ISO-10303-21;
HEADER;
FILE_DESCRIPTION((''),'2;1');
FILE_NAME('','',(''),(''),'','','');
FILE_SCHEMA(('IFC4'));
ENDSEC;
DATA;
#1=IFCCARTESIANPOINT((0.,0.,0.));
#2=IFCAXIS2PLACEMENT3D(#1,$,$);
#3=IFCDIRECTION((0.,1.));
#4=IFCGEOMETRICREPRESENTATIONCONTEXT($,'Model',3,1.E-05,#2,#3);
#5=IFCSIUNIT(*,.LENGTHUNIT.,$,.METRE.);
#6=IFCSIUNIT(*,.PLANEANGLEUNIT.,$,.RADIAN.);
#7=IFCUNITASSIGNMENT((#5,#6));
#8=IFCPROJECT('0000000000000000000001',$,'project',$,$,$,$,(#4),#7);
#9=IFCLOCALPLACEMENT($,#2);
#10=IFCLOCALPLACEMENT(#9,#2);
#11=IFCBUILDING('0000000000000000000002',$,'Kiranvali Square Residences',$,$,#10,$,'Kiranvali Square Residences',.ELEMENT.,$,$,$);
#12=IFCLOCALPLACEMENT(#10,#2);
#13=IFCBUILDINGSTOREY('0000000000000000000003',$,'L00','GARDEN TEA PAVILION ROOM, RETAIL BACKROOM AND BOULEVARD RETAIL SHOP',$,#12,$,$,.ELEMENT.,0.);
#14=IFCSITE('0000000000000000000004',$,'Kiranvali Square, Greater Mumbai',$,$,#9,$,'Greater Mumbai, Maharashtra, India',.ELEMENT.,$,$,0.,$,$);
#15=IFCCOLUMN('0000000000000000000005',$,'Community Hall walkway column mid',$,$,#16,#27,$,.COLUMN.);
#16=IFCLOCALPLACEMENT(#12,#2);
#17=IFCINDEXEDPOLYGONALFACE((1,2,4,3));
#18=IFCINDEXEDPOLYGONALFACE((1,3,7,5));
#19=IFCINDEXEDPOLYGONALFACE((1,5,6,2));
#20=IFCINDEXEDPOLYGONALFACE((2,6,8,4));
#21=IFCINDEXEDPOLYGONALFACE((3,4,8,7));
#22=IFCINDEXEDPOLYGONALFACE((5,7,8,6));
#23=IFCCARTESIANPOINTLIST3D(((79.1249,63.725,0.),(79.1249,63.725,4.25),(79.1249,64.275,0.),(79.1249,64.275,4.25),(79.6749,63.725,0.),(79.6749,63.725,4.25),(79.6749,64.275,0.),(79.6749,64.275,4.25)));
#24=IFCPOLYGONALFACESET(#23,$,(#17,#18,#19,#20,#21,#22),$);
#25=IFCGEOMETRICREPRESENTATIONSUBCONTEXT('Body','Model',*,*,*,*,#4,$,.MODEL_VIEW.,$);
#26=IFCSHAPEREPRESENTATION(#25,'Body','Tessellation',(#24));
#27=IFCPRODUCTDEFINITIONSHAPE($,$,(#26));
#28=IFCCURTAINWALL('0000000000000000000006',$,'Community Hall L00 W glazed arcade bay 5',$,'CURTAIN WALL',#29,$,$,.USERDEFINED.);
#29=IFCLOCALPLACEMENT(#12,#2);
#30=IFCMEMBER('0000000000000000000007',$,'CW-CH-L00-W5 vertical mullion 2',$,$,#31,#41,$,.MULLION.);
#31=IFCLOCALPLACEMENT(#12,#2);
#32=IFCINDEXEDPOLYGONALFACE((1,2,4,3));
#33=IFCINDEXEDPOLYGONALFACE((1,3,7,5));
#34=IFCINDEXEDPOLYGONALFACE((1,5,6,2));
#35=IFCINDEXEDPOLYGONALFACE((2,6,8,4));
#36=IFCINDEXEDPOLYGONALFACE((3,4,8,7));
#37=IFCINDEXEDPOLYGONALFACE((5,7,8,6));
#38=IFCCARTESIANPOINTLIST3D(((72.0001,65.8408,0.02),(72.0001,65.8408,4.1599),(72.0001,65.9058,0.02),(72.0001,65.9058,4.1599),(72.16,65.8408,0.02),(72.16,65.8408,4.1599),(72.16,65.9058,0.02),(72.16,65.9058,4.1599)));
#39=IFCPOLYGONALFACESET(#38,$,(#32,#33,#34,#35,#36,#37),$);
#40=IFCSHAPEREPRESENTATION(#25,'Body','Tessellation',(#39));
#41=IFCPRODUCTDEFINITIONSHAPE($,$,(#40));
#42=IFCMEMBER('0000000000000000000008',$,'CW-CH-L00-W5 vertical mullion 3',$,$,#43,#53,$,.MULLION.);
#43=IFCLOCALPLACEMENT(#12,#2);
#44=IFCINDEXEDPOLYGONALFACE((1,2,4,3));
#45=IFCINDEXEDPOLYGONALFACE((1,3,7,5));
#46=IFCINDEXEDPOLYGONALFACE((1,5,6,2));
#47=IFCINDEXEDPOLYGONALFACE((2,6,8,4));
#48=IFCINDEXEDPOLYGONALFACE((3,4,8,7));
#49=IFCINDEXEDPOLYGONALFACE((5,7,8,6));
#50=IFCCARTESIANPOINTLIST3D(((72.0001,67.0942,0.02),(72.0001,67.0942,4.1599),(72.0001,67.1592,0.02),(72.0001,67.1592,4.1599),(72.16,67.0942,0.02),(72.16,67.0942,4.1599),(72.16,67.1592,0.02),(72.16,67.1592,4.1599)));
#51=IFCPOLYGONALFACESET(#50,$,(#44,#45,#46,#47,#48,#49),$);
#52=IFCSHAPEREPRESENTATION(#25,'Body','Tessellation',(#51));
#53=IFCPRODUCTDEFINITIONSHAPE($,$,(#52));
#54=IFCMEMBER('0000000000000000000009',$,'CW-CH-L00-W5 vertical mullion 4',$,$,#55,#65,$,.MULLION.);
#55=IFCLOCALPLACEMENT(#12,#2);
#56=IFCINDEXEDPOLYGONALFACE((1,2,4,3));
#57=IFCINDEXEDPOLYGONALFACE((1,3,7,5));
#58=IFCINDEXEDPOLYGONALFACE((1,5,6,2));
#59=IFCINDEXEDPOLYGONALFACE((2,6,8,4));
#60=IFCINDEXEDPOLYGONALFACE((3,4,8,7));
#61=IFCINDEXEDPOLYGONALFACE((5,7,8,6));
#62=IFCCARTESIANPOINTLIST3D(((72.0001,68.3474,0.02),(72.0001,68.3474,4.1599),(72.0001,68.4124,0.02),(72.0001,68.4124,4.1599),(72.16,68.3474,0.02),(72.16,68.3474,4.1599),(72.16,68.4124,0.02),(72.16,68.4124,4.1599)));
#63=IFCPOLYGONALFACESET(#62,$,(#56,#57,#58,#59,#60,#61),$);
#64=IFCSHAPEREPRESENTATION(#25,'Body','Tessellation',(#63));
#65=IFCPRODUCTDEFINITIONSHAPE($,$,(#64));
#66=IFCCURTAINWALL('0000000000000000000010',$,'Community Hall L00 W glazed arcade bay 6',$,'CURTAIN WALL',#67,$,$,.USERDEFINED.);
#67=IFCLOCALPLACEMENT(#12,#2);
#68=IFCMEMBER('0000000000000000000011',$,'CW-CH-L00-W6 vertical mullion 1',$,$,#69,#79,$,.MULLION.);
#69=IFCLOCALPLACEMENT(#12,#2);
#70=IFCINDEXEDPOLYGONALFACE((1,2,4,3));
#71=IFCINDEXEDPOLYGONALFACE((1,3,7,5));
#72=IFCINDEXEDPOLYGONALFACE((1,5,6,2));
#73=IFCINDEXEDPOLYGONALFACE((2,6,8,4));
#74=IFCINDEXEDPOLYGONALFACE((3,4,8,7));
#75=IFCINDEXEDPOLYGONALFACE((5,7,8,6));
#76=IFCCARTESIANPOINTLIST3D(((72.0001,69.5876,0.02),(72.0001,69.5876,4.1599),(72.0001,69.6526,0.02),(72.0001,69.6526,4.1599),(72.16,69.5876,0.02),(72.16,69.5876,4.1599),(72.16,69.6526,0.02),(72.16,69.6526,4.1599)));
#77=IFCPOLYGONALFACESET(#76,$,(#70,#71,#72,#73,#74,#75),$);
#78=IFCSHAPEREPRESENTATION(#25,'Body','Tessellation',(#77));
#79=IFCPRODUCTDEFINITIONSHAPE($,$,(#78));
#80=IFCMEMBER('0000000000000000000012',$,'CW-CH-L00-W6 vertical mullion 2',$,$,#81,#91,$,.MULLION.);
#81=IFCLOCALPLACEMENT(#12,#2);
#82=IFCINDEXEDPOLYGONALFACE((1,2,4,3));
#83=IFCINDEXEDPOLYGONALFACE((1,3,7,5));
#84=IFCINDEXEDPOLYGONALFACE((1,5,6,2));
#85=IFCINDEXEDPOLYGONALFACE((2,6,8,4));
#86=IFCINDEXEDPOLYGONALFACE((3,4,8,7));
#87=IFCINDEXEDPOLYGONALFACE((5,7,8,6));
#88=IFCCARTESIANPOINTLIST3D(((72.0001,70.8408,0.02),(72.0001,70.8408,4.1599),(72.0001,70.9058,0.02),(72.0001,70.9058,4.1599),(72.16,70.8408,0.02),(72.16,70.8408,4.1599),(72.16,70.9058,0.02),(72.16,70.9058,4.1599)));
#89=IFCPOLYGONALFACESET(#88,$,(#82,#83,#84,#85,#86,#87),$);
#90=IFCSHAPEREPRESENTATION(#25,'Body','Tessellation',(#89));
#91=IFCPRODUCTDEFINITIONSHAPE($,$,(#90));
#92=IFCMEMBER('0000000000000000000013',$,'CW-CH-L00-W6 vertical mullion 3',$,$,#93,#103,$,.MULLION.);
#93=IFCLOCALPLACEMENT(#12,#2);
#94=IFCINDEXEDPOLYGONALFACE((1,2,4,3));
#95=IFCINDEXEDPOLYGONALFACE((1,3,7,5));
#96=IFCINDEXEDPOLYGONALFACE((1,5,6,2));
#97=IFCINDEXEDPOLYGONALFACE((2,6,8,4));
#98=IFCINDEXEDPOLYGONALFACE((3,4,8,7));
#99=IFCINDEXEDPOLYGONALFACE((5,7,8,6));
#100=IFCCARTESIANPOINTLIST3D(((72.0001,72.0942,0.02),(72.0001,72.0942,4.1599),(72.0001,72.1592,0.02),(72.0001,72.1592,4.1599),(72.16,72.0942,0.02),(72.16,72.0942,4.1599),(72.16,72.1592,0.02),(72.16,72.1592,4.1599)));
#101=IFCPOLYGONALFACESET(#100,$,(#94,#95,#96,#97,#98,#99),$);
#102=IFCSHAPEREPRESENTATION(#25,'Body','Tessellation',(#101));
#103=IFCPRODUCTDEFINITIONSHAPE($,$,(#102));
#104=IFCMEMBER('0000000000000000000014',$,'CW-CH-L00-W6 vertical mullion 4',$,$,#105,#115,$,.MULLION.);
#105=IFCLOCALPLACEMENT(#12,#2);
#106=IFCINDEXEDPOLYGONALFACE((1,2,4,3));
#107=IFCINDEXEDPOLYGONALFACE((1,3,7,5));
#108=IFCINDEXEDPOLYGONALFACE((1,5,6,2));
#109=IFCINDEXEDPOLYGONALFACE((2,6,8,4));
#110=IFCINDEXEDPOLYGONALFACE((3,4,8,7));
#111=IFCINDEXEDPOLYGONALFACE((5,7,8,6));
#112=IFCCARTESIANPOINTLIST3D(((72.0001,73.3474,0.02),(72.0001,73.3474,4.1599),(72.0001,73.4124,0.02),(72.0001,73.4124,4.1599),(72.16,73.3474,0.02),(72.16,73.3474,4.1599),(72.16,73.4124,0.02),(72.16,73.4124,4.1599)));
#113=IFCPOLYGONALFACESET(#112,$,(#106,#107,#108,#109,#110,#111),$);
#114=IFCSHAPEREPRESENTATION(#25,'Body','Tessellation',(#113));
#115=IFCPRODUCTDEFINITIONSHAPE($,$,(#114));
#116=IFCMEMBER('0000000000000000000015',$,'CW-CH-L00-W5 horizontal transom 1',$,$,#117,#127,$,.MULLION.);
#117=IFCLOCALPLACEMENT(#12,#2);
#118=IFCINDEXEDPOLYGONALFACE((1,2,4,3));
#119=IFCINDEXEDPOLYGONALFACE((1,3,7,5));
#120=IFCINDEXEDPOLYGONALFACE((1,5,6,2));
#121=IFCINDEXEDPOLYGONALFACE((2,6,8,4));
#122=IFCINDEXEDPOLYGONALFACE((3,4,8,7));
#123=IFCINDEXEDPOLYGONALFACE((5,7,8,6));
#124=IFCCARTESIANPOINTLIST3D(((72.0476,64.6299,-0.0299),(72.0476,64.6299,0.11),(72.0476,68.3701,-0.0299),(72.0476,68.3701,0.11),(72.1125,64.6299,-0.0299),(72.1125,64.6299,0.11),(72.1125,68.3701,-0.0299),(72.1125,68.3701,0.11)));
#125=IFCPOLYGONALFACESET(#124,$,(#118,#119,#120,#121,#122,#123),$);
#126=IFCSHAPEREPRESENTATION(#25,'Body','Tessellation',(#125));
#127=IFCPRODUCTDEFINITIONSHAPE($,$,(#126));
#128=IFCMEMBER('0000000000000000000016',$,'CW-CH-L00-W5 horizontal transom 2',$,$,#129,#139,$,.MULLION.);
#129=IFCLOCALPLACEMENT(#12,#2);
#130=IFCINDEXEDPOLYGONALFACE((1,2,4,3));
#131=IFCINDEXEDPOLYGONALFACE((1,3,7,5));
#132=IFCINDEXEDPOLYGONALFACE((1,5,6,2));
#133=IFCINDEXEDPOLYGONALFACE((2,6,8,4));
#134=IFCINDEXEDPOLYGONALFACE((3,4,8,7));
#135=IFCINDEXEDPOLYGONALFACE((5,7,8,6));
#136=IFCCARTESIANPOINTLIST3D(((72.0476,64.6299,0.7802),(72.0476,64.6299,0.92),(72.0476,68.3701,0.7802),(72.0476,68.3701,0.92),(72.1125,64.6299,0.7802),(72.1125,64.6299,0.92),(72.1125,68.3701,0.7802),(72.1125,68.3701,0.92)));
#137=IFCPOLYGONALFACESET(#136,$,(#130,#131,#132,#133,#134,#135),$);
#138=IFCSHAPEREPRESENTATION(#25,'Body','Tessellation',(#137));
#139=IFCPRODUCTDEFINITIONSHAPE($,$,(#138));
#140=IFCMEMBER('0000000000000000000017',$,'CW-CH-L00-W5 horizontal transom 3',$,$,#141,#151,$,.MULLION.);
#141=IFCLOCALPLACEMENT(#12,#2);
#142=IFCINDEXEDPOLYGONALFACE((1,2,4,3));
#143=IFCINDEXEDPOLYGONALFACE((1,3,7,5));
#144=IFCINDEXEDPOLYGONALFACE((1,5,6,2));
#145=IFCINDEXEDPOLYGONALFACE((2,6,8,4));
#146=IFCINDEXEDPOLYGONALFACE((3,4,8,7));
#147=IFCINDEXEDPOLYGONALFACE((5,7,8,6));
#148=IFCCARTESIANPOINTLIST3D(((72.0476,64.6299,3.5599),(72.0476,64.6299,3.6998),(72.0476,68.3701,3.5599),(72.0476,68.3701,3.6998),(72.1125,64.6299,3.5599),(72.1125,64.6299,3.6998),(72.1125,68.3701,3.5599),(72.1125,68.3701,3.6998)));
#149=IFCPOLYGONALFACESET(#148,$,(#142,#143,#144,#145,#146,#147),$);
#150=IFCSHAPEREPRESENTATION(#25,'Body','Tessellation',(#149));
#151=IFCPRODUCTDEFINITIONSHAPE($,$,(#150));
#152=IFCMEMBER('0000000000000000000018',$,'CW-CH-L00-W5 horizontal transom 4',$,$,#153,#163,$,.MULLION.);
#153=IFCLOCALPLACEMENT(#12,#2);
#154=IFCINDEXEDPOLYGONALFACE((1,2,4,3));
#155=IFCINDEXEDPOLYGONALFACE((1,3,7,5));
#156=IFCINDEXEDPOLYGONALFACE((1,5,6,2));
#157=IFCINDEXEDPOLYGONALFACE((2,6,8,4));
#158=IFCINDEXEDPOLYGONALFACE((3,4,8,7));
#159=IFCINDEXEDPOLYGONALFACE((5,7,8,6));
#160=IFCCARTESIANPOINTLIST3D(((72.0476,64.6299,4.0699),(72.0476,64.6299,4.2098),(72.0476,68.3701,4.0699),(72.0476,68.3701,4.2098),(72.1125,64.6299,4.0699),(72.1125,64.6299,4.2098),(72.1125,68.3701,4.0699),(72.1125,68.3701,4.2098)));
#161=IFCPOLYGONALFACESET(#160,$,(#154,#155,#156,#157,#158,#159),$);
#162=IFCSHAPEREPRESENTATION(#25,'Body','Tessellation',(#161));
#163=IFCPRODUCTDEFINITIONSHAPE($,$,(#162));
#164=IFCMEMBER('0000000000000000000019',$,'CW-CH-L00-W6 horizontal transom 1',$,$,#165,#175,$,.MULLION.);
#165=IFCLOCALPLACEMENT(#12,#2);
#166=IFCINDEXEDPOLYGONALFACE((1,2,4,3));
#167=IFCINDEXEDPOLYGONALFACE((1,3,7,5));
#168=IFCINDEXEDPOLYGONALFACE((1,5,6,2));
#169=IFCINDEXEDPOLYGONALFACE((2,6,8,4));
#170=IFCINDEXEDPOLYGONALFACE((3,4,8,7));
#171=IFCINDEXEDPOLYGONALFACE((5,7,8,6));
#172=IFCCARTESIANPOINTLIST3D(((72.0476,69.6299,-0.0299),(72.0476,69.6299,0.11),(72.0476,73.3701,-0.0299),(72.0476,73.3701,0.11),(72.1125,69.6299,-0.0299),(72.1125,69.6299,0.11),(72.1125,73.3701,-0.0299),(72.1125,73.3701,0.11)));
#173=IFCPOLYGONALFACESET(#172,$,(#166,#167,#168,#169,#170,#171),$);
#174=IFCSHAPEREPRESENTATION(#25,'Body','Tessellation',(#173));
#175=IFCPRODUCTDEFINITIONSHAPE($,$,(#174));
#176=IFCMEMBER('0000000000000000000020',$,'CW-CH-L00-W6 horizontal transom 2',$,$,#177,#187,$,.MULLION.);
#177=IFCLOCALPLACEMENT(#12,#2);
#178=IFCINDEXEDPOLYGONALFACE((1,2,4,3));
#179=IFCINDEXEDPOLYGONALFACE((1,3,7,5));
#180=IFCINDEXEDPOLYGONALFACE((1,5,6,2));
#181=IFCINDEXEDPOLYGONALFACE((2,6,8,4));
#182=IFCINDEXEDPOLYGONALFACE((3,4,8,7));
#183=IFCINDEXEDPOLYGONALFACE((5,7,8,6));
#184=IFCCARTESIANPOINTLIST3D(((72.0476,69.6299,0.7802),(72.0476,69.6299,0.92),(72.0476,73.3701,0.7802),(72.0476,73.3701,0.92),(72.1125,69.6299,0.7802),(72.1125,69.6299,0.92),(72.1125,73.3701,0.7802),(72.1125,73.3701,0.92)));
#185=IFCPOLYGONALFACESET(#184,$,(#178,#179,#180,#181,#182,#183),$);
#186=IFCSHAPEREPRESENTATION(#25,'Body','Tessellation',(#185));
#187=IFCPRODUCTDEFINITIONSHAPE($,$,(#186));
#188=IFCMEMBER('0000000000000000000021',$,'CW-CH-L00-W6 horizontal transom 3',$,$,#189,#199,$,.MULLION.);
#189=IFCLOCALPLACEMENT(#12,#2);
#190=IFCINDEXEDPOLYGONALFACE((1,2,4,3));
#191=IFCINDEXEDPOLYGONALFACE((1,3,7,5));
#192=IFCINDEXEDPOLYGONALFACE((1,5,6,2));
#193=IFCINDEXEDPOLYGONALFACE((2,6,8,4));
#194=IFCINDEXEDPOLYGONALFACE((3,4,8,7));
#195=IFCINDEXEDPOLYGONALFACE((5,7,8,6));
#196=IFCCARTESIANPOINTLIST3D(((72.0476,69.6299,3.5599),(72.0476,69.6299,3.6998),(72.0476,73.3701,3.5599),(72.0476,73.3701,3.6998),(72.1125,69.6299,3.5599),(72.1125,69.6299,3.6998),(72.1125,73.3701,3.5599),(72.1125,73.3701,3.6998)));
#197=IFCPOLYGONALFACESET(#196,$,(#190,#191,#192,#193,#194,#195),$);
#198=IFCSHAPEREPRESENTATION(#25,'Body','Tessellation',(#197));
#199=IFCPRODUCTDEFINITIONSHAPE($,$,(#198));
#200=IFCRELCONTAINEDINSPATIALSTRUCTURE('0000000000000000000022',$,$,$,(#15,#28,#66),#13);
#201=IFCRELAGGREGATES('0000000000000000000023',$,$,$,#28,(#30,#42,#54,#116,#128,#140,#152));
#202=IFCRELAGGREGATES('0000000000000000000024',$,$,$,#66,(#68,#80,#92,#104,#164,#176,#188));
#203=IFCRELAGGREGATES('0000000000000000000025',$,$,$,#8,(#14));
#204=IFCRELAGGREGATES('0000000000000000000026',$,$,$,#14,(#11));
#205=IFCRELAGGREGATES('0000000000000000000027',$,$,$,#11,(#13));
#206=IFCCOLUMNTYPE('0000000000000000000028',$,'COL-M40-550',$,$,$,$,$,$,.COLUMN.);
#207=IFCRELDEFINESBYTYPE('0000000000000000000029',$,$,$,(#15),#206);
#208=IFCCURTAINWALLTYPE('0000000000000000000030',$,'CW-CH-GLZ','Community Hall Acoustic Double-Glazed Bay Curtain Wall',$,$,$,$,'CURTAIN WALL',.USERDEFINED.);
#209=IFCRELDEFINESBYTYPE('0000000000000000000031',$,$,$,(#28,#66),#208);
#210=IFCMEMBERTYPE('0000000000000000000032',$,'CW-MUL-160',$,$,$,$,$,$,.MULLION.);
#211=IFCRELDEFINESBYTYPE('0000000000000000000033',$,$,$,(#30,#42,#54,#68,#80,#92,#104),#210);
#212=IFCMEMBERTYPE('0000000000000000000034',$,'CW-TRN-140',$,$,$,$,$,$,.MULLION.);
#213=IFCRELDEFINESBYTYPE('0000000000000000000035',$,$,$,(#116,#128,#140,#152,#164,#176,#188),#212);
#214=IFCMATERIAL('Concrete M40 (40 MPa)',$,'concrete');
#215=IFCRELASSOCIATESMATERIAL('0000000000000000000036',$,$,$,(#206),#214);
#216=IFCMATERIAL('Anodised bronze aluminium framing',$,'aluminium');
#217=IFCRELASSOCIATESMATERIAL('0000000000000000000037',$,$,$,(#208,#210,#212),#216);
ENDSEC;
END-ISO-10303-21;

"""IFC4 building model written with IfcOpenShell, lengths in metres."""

from ifc_helpers import new_model, si_unit, direction, frame, origin, origin_2d, place, context, subcontext, project, spatial, rectangle, extrude, material, material_profile, profile_set, type_object, element, aggregate, save


model = new_model("IFC4")

# Units and contexts
model_context = context("Model", 3, precision=1e-05, world=origin(), true_north=direction((0.0, 1.0)))
body_context = subcontext(model_context, "Body", "Model", "MODEL_VIEW")
ifc_project = project(units=[si_unit("LENGTHUNIT", "METRE"), si_unit("PLANEANGLEUNIT", "RADIAN")], contexts=[model_context])

# Site, building, storey
site_placement = place(None, origin())
site = spatial("IfcSite", under=ifc_project, at=site_placement, Name="Kiranvali Square, Greater Mumbai", LongName="Greater Mumbai, Maharashtra, India", CompositionType="ELEMENT", RefElevation=0.0)
building_placement = place(site_placement, origin())
building = spatial("IfcBuilding", under=site, at=building_placement, Name="Kiranvali Square Residences", LongName="Kiranvali Square Residences", CompositionType="ELEMENT")
storey_placement = place(building_placement, origin())
storey = spatial("IfcBuildingStorey", under=building, at=storey_placement, Name="L00", Description="GARDEN TEA PAVILION ROOM, RETAIL BACKROOM AND BOULEVARD RETAIL SHOP", CompositionType="ELEMENT", Elevation=0.0)

# Column
ifc_material_1 = material(Name="Concrete M40 (40 MPa)", Category="concrete")
ifc_material_profile_1 = material_profile(ifc_material_1, rectangle(XDim=0.55, YDim=0.55, at=origin_2d()), Name="RC 550x550")
ifc_profile_set_1 = profile_set([ifc_material_profile_1], Name="Concrete M40 (40 MPa)")
column_type = type_object("IfcColumnType", Name="COL-M40-550", PredefinedType="COLUMN", material=ifc_profile_set_1)
column_placement = place(storey_placement, frame((79.3999, 64.0, 0.0), z_axis=(0.0, 0.0, 1.0), x_axis=(1.0, 0.0, 0.0)))
element("IfcColumn", 1, at=column_placement, inside=storey, type_object=column_type, Name="Community Hall walkway column mid", PredefinedType="COLUMN", context=body_context, shape_type="SweptSolid", body=[
    extrude(rectangle(XDim=0.55, YDim=0.55, at=origin_2d()), origin(), (0.0, 0.0, 1.0), 4.25),
])

# Curtain walls, members
ifc_material_2 = material(Name="Anodised bronze aluminium framing", Category="aluminium")
curtain_wall_type = type_object("IfcCurtainWallType", Name="CW-CH-GLZ", Description="Community Hall Acoustic Double-Glazed Bay Curtain Wall", ElementType="CURTAIN WALL", PredefinedType="USERDEFINED", material=ifc_material_2)
curtain_wall_1_placement = place(storey_placement, origin())
curtain_wall_1 = element("IfcCurtainWall", 2, at=curtain_wall_1_placement, inside=storey, type_object=curtain_wall_type, Name="Community Hall L00 W glazed arcade bay 5", ObjectType="CURTAIN WALL", PredefinedType="USERDEFINED")
ifc_material_profile_2 = material_profile(ifc_material_2, rectangle(XDim=0.0649, YDim=0.1599, at=origin_2d()), Name="ALU 65x160")
ifc_profile_set_2 = profile_set([ifc_material_profile_2], Name="Anodised bronze aluminium framing")
member_type_1 = type_object("IfcMemberType", Name="CW-MUL-160", PredefinedType="MULLION", material=ifc_profile_set_2)
member_1_placement = place(storey_placement, frame((72.0801, 65.8733, 0.02), z_axis=(0.0, 0.0, 1.0), x_axis=(0.0, 1.0, 0.0)))
member_1 = element("IfcMember", 3, at=member_1_placement, type_object=member_type_1, Name="CW-CH-L00-W5 vertical mullion 2", PredefinedType="MULLION", context=body_context, shape_type="SweptSolid", body=[
    extrude(rectangle(XDim=0.0649, YDim=0.1599, at=origin_2d()), origin(), (0.0, 0.0, 1.0), 4.1399),
])
member_2_placement = place(storey_placement, frame((72.0801, 67.1267, 0.02), z_axis=(0.0, 0.0, 1.0), x_axis=(0.0, 1.0, 0.0)))
member_2 = element("IfcMember", 4, at=member_2_placement, type_object=member_type_1, Name="CW-CH-L00-W5 vertical mullion 3", PredefinedType="MULLION", context=body_context, shape_type="SweptSolid", body=[
    extrude(rectangle(XDim=0.0649, YDim=0.1599, at=origin_2d()), origin(), (0.0, 0.0, 1.0), 4.1399),
])
member_3_placement = place(storey_placement, frame((72.0801, 68.3799, 0.02), z_axis=(0.0, 0.0, 1.0), x_axis=(0.0, 1.0, 0.0)))
member_3 = element("IfcMember", 5, at=member_3_placement, type_object=member_type_1, Name="CW-CH-L00-W5 vertical mullion 4", PredefinedType="MULLION", context=body_context, shape_type="SweptSolid", body=[
    extrude(rectangle(XDim=0.0649, YDim=0.1599, at=origin_2d()), origin(), (0.0, 0.0, 1.0), 4.1399),
])
curtain_wall_2_placement = place(storey_placement, origin())
curtain_wall_2 = element("IfcCurtainWall", 6, at=curtain_wall_2_placement, inside=storey, type_object=curtain_wall_type, Name="Community Hall L00 W glazed arcade bay 6", ObjectType="CURTAIN WALL", PredefinedType="USERDEFINED")
member_4_placement = place(storey_placement, frame((72.0801, 69.6201, 0.02), z_axis=(0.0, 0.0, 1.0), x_axis=(0.0, 1.0, 0.0)))
member_4 = element("IfcMember", 7, at=member_4_placement, type_object=member_type_1, Name="CW-CH-L00-W6 vertical mullion 1", PredefinedType="MULLION", context=body_context, shape_type="SweptSolid", body=[
    extrude(rectangle(XDim=0.0649, YDim=0.1599, at=origin_2d()), origin(), (0.0, 0.0, 1.0), 4.1399),
])
member_5_placement = place(storey_placement, frame((72.0801, 70.8733, 0.02), z_axis=(0.0, 0.0, 1.0), x_axis=(0.0, 1.0, 0.0)))
member_5 = element("IfcMember", 8, at=member_5_placement, type_object=member_type_1, Name="CW-CH-L00-W6 vertical mullion 2", PredefinedType="MULLION", context=body_context, shape_type="SweptSolid", body=[
    extrude(rectangle(XDim=0.0649, YDim=0.1599, at=origin_2d()), origin(), (0.0, 0.0, 1.0), 4.1399),
])
member_6_placement = place(storey_placement, frame((72.0801, 72.1267, 0.02), z_axis=(0.0, 0.0, 1.0), x_axis=(0.0, 1.0, 0.0)))
member_6 = element("IfcMember", 9, at=member_6_placement, type_object=member_type_1, Name="CW-CH-L00-W6 vertical mullion 3", PredefinedType="MULLION", context=body_context, shape_type="SweptSolid", body=[
    extrude(rectangle(XDim=0.0649, YDim=0.1599, at=origin_2d()), origin(), (0.0, 0.0, 1.0), 4.1399),
])
member_7_placement = place(storey_placement, frame((72.0801, 73.3799, 0.02), z_axis=(0.0, 0.0, 1.0), x_axis=(0.0, 1.0, 0.0)))
member_7 = element("IfcMember", 10, at=member_7_placement, type_object=member_type_1, Name="CW-CH-L00-W6 vertical mullion 4", PredefinedType="MULLION", context=body_context, shape_type="SweptSolid", body=[
    extrude(rectangle(XDim=0.0649, YDim=0.1599, at=origin_2d()), origin(), (0.0, 0.0, 1.0), 4.1399),
])

# Members
ifc_material_profile_3 = material_profile(ifc_material_2, rectangle(XDim=0.0649, YDim=0.1399, at=origin_2d()), Name="ALU 65x140")
ifc_profile_set_3 = profile_set([ifc_material_profile_3], Name="Anodised bronze aluminium framing")
member_type_2 = type_object("IfcMemberType", Name="CW-TRN-140", PredefinedType="MULLION", material=ifc_profile_set_3)
member_8_placement = place(storey_placement, frame((72.0801, 64.6299, 0.04), z_axis=(0.0, 1.0, 0.0), x_axis=(-1.0, 0.0, 0.0)))
member_8 = element("IfcMember", 11, at=member_8_placement, type_object=member_type_2, Name="CW-CH-L00-W5 horizontal transom 1", PredefinedType="MULLION", context=body_context, shape_type="SweptSolid", body=[
    extrude(rectangle(XDim=0.0649, YDim=0.1399, at=origin_2d()), origin(), (0.0, 0.0, 1.0), 3.7402),
])
member_9_placement = place(storey_placement, frame((72.0801, 64.6299, 0.8501), z_axis=(0.0, 1.0, 0.0), x_axis=(-1.0, 0.0, 0.0)))
member_9 = element("IfcMember", 12, at=member_9_placement, type_object=member_type_2, Name="CW-CH-L00-W5 horizontal transom 2", PredefinedType="MULLION", context=body_context, shape_type="SweptSolid", body=[
    extrude(rectangle(XDim=0.0649, YDim=0.1399, at=origin_2d()), origin(), (0.0, 0.0, 1.0), 3.7402),
])
member_10_placement = place(storey_placement, frame((72.0801, 64.6299, 3.6299), z_axis=(0.0, 1.0, 0.0), x_axis=(-1.0, 0.0, 0.0)))
member_10 = element("IfcMember", 13, at=member_10_placement, type_object=member_type_2, Name="CW-CH-L00-W5 horizontal transom 3", PredefinedType="MULLION", context=body_context, shape_type="SweptSolid", body=[
    extrude(rectangle(XDim=0.0649, YDim=0.1399, at=origin_2d()), origin(), (0.0, 0.0, 1.0), 3.7402),
])
member_11_placement = place(storey_placement, frame((72.0801, 64.6299, 4.1399), z_axis=(0.0, 1.0, 0.0), x_axis=(-1.0, 0.0, 0.0)))
member_11 = element("IfcMember", 14, at=member_11_placement, type_object=member_type_2, Name="CW-CH-L00-W5 horizontal transom 4", PredefinedType="MULLION", context=body_context, shape_type="SweptSolid", body=[
    extrude(rectangle(XDim=0.0649, YDim=0.1399, at=origin_2d()), origin(), (0.0, 0.0, 1.0), 3.7402),
])
member_12_placement = place(storey_placement, frame((72.0801, 69.6299, 0.04), z_axis=(0.0, 1.0, 0.0), x_axis=(-1.0, 0.0, 0.0)))
member_12 = element("IfcMember", 15, at=member_12_placement, type_object=member_type_2, Name="CW-CH-L00-W6 horizontal transom 1", PredefinedType="MULLION", context=body_context, shape_type="SweptSolid", body=[
    extrude(rectangle(XDim=0.0649, YDim=0.1399, at=origin_2d()), origin(), (0.0, 0.0, 1.0), 3.7402),
])
member_13_placement = place(storey_placement, frame((72.0801, 69.6299, 0.8501), z_axis=(0.0, 1.0, 0.0), x_axis=(-1.0, 0.0, 0.0)))
member_13 = element("IfcMember", 16, at=member_13_placement, type_object=member_type_2, Name="CW-CH-L00-W6 horizontal transom 2", PredefinedType="MULLION", context=body_context, shape_type="SweptSolid", body=[
    extrude(rectangle(XDim=0.0649, YDim=0.1399, at=origin_2d()), origin(), (0.0, 0.0, 1.0), 3.7402),
])
member_14_placement = place(storey_placement, frame((72.0801, 69.6299, 3.6299), z_axis=(0.0, 1.0, 0.0), x_axis=(-1.0, 0.0, 0.0)))
member_14 = element("IfcMember", 17, at=member_14_placement, type_object=member_type_2, Name="CW-CH-L00-W6 horizontal transom 3", PredefinedType="MULLION", context=body_context, shape_type="SweptSolid", body=[
    extrude(rectangle(XDim=0.0649, YDim=0.1399, at=origin_2d()), origin(), (0.0, 0.0, 1.0), 3.7402),
])

aggregate(curtain_wall_1, [member_1, member_2, member_3, member_8, member_9, member_10, member_11])
aggregate(curtain_wall_2, [member_4, member_5, member_6, member_7, member_12, member_13, member_14])

save(model, "model.ifc")
